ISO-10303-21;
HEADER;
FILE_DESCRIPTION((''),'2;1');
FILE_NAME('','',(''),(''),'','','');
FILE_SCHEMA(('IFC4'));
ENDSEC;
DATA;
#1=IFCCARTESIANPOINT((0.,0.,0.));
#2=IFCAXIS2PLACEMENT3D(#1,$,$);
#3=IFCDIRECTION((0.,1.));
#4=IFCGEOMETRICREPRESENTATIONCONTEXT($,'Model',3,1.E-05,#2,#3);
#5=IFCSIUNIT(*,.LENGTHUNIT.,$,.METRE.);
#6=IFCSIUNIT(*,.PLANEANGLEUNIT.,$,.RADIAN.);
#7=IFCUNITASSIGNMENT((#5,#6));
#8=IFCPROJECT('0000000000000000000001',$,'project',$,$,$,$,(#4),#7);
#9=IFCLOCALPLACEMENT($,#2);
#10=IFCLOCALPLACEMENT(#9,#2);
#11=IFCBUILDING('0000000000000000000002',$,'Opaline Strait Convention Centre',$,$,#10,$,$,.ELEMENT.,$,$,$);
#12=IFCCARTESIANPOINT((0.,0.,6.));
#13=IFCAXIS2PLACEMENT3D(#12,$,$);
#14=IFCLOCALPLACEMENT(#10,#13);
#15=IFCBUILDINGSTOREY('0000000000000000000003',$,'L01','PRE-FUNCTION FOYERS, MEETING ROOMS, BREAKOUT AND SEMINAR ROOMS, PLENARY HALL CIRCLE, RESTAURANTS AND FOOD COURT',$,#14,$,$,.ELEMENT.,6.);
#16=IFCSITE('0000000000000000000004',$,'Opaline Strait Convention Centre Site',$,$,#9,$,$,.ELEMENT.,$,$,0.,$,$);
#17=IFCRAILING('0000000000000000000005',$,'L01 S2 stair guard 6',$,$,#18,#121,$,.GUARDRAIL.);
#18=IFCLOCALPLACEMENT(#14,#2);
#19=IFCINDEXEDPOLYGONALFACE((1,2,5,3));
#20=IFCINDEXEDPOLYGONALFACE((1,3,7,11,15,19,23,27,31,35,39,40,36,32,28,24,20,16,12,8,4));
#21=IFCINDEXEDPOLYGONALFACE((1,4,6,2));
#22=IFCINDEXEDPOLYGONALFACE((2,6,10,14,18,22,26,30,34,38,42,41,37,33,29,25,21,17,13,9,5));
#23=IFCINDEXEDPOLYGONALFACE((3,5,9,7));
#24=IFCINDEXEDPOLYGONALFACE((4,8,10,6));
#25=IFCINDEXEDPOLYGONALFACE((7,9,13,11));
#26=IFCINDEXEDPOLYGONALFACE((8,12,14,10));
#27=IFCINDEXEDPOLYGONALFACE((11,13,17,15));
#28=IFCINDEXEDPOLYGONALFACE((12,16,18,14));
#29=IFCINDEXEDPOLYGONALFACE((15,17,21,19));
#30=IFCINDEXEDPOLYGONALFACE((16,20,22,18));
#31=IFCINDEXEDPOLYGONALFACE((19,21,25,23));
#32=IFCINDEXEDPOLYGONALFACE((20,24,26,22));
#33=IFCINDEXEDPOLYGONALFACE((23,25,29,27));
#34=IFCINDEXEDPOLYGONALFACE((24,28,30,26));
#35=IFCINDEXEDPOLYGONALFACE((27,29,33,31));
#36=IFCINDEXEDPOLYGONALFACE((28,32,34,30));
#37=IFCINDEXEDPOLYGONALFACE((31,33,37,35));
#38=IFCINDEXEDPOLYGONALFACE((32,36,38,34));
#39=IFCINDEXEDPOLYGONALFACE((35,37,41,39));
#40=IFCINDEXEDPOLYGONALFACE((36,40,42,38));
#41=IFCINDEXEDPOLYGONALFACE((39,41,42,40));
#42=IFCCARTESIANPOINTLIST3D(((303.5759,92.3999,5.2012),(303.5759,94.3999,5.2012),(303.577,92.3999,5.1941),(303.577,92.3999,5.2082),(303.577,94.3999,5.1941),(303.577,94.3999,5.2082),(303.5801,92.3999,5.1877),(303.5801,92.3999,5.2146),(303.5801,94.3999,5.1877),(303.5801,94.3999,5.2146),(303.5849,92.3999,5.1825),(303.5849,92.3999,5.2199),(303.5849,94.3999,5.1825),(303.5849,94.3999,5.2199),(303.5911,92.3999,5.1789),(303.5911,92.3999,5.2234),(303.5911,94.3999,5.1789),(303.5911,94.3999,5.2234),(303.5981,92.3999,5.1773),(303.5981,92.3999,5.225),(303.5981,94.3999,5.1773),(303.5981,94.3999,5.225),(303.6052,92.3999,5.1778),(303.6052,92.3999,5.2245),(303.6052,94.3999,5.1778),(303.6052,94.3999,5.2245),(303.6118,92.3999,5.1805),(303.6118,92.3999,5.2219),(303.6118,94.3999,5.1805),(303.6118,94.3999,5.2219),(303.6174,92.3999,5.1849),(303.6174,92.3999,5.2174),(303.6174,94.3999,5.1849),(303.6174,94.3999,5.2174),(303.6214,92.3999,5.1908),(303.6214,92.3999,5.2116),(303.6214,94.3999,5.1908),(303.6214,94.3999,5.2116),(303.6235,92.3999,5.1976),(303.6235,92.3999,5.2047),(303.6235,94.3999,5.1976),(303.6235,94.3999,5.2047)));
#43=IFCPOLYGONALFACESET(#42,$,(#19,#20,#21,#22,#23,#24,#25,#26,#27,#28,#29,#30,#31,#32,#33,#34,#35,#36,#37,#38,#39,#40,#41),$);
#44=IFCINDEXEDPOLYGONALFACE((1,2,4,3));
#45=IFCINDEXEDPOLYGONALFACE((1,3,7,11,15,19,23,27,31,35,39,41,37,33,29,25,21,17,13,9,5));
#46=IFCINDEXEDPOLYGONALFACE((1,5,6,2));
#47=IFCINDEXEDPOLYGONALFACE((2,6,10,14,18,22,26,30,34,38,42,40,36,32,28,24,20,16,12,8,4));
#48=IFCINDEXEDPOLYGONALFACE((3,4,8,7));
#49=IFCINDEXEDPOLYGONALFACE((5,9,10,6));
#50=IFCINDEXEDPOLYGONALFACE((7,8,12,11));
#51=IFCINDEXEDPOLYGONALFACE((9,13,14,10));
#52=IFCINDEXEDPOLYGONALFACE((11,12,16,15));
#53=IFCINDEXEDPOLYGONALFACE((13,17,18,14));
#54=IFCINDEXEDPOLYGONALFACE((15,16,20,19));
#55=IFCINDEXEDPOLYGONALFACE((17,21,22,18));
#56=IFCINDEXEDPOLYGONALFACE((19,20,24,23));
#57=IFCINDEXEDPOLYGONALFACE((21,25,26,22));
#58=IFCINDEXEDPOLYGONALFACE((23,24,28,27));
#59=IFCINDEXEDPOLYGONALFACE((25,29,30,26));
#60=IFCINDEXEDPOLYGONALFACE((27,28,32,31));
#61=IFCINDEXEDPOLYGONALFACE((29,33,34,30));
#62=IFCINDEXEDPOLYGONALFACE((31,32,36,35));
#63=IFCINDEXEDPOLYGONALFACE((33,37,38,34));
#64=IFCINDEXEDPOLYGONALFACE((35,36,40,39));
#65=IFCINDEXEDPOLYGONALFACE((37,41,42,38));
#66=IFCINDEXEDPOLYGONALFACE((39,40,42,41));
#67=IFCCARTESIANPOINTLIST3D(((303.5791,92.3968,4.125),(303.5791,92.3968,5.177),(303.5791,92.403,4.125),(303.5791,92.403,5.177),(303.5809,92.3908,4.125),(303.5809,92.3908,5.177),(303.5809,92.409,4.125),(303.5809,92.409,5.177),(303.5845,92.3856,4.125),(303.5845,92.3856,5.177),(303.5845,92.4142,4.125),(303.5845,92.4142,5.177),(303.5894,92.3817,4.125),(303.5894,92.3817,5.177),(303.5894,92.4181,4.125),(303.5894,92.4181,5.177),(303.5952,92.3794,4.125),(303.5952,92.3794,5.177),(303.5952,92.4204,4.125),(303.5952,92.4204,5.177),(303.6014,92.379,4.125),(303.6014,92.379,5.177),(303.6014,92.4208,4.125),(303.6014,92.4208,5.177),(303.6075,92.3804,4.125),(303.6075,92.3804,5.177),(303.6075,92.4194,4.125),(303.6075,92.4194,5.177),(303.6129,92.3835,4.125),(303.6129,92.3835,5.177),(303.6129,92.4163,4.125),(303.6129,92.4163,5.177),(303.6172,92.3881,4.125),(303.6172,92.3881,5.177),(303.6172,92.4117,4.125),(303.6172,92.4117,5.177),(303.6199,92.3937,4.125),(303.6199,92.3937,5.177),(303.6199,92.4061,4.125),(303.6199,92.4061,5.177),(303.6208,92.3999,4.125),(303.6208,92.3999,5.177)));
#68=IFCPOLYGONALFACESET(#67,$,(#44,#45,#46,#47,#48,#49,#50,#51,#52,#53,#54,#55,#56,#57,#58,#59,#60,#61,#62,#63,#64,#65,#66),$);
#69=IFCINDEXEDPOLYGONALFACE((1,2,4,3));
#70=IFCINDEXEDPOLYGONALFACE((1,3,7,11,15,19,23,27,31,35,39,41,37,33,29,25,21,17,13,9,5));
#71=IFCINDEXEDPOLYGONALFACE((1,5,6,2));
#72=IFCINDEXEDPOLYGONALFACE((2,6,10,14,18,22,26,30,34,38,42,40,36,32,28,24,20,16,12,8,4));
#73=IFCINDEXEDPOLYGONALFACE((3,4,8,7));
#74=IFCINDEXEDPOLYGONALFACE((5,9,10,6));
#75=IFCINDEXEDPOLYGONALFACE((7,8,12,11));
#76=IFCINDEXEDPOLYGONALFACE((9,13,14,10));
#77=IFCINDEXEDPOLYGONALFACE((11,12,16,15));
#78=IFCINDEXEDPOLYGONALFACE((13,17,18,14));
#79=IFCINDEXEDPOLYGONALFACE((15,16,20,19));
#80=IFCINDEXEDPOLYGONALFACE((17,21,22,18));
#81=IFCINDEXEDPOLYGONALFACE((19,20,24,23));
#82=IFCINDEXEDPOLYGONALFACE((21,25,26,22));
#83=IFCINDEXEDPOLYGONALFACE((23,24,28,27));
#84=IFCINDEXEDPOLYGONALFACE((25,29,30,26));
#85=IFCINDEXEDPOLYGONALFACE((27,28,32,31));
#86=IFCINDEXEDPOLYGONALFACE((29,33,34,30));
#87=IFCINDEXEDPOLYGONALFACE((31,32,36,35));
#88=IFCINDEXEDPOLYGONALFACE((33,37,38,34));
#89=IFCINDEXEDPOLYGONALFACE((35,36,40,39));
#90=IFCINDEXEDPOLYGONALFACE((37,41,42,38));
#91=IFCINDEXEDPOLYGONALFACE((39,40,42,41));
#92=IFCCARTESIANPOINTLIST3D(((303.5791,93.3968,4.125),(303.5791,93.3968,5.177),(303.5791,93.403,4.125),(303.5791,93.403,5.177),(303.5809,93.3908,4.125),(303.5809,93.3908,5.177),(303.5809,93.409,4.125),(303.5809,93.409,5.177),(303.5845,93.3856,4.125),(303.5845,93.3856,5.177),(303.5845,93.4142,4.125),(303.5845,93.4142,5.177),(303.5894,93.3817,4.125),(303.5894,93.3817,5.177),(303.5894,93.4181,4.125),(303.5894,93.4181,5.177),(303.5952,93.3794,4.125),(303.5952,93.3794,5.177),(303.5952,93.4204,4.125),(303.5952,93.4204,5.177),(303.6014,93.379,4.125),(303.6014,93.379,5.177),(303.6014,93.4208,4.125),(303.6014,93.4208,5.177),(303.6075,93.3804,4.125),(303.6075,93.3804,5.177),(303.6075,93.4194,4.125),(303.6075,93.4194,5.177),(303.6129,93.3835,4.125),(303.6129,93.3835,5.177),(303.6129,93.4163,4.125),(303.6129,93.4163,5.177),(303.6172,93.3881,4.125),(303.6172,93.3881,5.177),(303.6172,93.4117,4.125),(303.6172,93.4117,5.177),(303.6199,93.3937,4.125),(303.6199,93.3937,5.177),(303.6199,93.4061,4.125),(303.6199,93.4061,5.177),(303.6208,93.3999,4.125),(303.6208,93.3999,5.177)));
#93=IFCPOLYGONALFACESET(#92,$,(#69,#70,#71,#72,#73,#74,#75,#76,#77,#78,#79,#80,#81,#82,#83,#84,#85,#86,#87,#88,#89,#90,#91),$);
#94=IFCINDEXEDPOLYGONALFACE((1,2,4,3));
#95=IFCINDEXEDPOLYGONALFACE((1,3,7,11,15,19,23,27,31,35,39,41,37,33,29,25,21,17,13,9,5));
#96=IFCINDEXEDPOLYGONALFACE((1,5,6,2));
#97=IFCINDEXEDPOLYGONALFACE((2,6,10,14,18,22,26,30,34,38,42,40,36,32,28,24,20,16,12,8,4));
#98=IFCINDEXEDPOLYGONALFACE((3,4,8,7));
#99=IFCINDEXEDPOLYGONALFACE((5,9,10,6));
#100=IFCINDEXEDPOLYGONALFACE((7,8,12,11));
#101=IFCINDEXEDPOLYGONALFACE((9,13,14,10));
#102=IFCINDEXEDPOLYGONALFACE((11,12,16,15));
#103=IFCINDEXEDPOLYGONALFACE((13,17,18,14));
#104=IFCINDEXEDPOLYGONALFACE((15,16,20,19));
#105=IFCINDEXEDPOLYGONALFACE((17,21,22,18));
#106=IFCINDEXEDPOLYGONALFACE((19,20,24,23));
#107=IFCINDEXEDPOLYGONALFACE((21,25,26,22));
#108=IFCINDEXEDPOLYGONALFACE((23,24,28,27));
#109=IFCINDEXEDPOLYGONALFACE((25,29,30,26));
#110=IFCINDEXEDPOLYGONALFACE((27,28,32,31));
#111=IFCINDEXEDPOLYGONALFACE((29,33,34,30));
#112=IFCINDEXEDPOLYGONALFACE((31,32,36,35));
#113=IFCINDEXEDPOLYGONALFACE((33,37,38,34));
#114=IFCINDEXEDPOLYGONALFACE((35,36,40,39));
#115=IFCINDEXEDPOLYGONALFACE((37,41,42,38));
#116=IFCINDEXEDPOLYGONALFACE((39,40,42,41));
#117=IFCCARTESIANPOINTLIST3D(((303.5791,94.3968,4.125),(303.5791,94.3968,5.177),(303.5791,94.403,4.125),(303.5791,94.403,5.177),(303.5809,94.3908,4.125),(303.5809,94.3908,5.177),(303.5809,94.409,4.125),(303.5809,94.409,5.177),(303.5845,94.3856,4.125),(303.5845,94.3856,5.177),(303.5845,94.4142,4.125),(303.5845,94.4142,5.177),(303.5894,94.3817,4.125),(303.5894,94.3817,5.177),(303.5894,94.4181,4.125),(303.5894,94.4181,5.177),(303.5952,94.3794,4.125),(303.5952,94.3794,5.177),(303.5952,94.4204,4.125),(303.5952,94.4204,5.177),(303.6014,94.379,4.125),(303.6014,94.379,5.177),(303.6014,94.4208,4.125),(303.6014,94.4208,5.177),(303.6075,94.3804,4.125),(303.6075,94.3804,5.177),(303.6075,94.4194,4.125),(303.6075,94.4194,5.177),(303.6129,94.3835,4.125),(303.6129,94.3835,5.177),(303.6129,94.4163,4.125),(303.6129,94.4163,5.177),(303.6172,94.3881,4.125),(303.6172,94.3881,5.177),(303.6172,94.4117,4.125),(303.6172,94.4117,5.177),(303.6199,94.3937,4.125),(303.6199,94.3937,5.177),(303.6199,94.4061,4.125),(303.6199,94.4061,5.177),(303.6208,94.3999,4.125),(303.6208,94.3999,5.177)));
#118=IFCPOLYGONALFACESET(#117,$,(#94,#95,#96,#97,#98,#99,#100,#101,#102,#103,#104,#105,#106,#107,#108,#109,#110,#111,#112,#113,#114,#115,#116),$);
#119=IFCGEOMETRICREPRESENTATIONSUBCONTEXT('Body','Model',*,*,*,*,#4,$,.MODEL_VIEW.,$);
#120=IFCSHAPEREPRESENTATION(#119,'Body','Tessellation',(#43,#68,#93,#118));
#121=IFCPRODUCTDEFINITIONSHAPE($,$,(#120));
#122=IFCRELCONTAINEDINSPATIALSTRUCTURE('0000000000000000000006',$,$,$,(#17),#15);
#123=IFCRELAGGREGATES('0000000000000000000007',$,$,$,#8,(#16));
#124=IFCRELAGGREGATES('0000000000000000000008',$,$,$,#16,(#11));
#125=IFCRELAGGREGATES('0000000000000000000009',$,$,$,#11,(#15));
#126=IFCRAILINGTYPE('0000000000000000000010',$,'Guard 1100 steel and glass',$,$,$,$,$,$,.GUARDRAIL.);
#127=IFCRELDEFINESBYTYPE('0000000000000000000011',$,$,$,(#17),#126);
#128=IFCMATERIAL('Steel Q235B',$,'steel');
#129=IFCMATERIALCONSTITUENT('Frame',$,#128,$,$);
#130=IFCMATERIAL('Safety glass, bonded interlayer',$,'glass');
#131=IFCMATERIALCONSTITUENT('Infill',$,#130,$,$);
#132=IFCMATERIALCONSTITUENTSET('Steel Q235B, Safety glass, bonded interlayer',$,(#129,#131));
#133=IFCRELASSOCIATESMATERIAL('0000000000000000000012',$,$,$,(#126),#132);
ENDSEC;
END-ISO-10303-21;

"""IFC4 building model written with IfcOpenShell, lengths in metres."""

from ifc_helpers import new_model, si_unit, direction, frame, origin, origin_2d, place, context, subcontext, project, spatial, circle, extrude, material, constituent, constituent_set, type_object, element, save


model = new_model("IFC4")

# Units and contexts
model_context = context("Model", 3, precision=1e-05, world=origin(), true_north=direction((0.0, 1.0)))
body_context = subcontext(model_context, "Body", "Model", "MODEL_VIEW")
ifc_project = project(units=[si_unit("LENGTHUNIT", "METRE"), si_unit("PLANEANGLEUNIT", "RADIAN")], contexts=[model_context])

# Site, building, storey
site_placement = place(None, origin())
site = spatial("IfcSite", under=ifc_project, at=site_placement, Name="Opaline Strait Convention Centre Site", CompositionType="ELEMENT", RefElevation=0.0)
building_placement = place(site_placement, origin())
building = spatial("IfcBuilding", under=site, at=building_placement, Name="Opaline Strait Convention Centre", CompositionType="ELEMENT")
storey_placement = place(building_placement, frame((0.0, 0.0, 6.0)))
storey = spatial("IfcBuildingStorey", under=building, at=storey_placement, Name="L01", Description="PRE-FUNCTION FOYERS, MEETING ROOMS, BREAKOUT AND SEMINAR ROOMS, PLENARY HALL CIRCLE, RESTAURANTS AND FOOD COURT", CompositionType="ELEMENT", Elevation=6.0)

# Railing
ifc_material_1 = material(Name="Steel Q235B", Category="steel")
ifc_constituent_1 = constituent(ifc_material_1, Name="Frame")
ifc_material_2 = material(Name="Safety glass, bonded interlayer", Category="glass")
ifc_constituent_2 = constituent(ifc_material_2, Name="Infill")
ifc_constituent_set = constituent_set(constituents=[ifc_constituent_1, ifc_constituent_2], Name="Steel Q235B, Safety glass, bonded interlayer")
railing_type_1 = type_object("IfcRailingType", Name="Guard 1100 steel and glass", PredefinedType="GUARDRAIL", material=ifc_constituent_set)
railing_1_placement = place(storey_placement, frame((303.5999, 92.3999, 4.125)))
element("IfcRailing", 1, at=railing_1_placement, inside=storey, type_object=railing_type_1, Name="L01 S2 stair guard 6", PredefinedType="GUARDRAIL", context=body_context, shape_type="SweptSolid", body=[
    extrude(circle(Radius=0.0239, at=origin_2d()), frame((0.0, 0.0, 1.0762), z_axis=(0.0, 1.0, 0.0), x_axis=(-1.0, 0.0, 0.0)), (0.0, 0.0, 1.0), 2.0),
    extrude(circle(Radius=0.021, at=origin_2d()), origin(), (0.0, 0.0, 1.0), 1.052),
    extrude(circle(Radius=0.021, at=origin_2d()), frame((0.0, 1.0, 0.0)), (0.0, 0.0, 1.0), 1.052),
    extrude(circle(Radius=0.021, at=origin_2d()), frame((0.0, 2.0, 0.0)), (0.0, 0.0, 1.0), 1.052),
])

save(model, "model.ifc")
